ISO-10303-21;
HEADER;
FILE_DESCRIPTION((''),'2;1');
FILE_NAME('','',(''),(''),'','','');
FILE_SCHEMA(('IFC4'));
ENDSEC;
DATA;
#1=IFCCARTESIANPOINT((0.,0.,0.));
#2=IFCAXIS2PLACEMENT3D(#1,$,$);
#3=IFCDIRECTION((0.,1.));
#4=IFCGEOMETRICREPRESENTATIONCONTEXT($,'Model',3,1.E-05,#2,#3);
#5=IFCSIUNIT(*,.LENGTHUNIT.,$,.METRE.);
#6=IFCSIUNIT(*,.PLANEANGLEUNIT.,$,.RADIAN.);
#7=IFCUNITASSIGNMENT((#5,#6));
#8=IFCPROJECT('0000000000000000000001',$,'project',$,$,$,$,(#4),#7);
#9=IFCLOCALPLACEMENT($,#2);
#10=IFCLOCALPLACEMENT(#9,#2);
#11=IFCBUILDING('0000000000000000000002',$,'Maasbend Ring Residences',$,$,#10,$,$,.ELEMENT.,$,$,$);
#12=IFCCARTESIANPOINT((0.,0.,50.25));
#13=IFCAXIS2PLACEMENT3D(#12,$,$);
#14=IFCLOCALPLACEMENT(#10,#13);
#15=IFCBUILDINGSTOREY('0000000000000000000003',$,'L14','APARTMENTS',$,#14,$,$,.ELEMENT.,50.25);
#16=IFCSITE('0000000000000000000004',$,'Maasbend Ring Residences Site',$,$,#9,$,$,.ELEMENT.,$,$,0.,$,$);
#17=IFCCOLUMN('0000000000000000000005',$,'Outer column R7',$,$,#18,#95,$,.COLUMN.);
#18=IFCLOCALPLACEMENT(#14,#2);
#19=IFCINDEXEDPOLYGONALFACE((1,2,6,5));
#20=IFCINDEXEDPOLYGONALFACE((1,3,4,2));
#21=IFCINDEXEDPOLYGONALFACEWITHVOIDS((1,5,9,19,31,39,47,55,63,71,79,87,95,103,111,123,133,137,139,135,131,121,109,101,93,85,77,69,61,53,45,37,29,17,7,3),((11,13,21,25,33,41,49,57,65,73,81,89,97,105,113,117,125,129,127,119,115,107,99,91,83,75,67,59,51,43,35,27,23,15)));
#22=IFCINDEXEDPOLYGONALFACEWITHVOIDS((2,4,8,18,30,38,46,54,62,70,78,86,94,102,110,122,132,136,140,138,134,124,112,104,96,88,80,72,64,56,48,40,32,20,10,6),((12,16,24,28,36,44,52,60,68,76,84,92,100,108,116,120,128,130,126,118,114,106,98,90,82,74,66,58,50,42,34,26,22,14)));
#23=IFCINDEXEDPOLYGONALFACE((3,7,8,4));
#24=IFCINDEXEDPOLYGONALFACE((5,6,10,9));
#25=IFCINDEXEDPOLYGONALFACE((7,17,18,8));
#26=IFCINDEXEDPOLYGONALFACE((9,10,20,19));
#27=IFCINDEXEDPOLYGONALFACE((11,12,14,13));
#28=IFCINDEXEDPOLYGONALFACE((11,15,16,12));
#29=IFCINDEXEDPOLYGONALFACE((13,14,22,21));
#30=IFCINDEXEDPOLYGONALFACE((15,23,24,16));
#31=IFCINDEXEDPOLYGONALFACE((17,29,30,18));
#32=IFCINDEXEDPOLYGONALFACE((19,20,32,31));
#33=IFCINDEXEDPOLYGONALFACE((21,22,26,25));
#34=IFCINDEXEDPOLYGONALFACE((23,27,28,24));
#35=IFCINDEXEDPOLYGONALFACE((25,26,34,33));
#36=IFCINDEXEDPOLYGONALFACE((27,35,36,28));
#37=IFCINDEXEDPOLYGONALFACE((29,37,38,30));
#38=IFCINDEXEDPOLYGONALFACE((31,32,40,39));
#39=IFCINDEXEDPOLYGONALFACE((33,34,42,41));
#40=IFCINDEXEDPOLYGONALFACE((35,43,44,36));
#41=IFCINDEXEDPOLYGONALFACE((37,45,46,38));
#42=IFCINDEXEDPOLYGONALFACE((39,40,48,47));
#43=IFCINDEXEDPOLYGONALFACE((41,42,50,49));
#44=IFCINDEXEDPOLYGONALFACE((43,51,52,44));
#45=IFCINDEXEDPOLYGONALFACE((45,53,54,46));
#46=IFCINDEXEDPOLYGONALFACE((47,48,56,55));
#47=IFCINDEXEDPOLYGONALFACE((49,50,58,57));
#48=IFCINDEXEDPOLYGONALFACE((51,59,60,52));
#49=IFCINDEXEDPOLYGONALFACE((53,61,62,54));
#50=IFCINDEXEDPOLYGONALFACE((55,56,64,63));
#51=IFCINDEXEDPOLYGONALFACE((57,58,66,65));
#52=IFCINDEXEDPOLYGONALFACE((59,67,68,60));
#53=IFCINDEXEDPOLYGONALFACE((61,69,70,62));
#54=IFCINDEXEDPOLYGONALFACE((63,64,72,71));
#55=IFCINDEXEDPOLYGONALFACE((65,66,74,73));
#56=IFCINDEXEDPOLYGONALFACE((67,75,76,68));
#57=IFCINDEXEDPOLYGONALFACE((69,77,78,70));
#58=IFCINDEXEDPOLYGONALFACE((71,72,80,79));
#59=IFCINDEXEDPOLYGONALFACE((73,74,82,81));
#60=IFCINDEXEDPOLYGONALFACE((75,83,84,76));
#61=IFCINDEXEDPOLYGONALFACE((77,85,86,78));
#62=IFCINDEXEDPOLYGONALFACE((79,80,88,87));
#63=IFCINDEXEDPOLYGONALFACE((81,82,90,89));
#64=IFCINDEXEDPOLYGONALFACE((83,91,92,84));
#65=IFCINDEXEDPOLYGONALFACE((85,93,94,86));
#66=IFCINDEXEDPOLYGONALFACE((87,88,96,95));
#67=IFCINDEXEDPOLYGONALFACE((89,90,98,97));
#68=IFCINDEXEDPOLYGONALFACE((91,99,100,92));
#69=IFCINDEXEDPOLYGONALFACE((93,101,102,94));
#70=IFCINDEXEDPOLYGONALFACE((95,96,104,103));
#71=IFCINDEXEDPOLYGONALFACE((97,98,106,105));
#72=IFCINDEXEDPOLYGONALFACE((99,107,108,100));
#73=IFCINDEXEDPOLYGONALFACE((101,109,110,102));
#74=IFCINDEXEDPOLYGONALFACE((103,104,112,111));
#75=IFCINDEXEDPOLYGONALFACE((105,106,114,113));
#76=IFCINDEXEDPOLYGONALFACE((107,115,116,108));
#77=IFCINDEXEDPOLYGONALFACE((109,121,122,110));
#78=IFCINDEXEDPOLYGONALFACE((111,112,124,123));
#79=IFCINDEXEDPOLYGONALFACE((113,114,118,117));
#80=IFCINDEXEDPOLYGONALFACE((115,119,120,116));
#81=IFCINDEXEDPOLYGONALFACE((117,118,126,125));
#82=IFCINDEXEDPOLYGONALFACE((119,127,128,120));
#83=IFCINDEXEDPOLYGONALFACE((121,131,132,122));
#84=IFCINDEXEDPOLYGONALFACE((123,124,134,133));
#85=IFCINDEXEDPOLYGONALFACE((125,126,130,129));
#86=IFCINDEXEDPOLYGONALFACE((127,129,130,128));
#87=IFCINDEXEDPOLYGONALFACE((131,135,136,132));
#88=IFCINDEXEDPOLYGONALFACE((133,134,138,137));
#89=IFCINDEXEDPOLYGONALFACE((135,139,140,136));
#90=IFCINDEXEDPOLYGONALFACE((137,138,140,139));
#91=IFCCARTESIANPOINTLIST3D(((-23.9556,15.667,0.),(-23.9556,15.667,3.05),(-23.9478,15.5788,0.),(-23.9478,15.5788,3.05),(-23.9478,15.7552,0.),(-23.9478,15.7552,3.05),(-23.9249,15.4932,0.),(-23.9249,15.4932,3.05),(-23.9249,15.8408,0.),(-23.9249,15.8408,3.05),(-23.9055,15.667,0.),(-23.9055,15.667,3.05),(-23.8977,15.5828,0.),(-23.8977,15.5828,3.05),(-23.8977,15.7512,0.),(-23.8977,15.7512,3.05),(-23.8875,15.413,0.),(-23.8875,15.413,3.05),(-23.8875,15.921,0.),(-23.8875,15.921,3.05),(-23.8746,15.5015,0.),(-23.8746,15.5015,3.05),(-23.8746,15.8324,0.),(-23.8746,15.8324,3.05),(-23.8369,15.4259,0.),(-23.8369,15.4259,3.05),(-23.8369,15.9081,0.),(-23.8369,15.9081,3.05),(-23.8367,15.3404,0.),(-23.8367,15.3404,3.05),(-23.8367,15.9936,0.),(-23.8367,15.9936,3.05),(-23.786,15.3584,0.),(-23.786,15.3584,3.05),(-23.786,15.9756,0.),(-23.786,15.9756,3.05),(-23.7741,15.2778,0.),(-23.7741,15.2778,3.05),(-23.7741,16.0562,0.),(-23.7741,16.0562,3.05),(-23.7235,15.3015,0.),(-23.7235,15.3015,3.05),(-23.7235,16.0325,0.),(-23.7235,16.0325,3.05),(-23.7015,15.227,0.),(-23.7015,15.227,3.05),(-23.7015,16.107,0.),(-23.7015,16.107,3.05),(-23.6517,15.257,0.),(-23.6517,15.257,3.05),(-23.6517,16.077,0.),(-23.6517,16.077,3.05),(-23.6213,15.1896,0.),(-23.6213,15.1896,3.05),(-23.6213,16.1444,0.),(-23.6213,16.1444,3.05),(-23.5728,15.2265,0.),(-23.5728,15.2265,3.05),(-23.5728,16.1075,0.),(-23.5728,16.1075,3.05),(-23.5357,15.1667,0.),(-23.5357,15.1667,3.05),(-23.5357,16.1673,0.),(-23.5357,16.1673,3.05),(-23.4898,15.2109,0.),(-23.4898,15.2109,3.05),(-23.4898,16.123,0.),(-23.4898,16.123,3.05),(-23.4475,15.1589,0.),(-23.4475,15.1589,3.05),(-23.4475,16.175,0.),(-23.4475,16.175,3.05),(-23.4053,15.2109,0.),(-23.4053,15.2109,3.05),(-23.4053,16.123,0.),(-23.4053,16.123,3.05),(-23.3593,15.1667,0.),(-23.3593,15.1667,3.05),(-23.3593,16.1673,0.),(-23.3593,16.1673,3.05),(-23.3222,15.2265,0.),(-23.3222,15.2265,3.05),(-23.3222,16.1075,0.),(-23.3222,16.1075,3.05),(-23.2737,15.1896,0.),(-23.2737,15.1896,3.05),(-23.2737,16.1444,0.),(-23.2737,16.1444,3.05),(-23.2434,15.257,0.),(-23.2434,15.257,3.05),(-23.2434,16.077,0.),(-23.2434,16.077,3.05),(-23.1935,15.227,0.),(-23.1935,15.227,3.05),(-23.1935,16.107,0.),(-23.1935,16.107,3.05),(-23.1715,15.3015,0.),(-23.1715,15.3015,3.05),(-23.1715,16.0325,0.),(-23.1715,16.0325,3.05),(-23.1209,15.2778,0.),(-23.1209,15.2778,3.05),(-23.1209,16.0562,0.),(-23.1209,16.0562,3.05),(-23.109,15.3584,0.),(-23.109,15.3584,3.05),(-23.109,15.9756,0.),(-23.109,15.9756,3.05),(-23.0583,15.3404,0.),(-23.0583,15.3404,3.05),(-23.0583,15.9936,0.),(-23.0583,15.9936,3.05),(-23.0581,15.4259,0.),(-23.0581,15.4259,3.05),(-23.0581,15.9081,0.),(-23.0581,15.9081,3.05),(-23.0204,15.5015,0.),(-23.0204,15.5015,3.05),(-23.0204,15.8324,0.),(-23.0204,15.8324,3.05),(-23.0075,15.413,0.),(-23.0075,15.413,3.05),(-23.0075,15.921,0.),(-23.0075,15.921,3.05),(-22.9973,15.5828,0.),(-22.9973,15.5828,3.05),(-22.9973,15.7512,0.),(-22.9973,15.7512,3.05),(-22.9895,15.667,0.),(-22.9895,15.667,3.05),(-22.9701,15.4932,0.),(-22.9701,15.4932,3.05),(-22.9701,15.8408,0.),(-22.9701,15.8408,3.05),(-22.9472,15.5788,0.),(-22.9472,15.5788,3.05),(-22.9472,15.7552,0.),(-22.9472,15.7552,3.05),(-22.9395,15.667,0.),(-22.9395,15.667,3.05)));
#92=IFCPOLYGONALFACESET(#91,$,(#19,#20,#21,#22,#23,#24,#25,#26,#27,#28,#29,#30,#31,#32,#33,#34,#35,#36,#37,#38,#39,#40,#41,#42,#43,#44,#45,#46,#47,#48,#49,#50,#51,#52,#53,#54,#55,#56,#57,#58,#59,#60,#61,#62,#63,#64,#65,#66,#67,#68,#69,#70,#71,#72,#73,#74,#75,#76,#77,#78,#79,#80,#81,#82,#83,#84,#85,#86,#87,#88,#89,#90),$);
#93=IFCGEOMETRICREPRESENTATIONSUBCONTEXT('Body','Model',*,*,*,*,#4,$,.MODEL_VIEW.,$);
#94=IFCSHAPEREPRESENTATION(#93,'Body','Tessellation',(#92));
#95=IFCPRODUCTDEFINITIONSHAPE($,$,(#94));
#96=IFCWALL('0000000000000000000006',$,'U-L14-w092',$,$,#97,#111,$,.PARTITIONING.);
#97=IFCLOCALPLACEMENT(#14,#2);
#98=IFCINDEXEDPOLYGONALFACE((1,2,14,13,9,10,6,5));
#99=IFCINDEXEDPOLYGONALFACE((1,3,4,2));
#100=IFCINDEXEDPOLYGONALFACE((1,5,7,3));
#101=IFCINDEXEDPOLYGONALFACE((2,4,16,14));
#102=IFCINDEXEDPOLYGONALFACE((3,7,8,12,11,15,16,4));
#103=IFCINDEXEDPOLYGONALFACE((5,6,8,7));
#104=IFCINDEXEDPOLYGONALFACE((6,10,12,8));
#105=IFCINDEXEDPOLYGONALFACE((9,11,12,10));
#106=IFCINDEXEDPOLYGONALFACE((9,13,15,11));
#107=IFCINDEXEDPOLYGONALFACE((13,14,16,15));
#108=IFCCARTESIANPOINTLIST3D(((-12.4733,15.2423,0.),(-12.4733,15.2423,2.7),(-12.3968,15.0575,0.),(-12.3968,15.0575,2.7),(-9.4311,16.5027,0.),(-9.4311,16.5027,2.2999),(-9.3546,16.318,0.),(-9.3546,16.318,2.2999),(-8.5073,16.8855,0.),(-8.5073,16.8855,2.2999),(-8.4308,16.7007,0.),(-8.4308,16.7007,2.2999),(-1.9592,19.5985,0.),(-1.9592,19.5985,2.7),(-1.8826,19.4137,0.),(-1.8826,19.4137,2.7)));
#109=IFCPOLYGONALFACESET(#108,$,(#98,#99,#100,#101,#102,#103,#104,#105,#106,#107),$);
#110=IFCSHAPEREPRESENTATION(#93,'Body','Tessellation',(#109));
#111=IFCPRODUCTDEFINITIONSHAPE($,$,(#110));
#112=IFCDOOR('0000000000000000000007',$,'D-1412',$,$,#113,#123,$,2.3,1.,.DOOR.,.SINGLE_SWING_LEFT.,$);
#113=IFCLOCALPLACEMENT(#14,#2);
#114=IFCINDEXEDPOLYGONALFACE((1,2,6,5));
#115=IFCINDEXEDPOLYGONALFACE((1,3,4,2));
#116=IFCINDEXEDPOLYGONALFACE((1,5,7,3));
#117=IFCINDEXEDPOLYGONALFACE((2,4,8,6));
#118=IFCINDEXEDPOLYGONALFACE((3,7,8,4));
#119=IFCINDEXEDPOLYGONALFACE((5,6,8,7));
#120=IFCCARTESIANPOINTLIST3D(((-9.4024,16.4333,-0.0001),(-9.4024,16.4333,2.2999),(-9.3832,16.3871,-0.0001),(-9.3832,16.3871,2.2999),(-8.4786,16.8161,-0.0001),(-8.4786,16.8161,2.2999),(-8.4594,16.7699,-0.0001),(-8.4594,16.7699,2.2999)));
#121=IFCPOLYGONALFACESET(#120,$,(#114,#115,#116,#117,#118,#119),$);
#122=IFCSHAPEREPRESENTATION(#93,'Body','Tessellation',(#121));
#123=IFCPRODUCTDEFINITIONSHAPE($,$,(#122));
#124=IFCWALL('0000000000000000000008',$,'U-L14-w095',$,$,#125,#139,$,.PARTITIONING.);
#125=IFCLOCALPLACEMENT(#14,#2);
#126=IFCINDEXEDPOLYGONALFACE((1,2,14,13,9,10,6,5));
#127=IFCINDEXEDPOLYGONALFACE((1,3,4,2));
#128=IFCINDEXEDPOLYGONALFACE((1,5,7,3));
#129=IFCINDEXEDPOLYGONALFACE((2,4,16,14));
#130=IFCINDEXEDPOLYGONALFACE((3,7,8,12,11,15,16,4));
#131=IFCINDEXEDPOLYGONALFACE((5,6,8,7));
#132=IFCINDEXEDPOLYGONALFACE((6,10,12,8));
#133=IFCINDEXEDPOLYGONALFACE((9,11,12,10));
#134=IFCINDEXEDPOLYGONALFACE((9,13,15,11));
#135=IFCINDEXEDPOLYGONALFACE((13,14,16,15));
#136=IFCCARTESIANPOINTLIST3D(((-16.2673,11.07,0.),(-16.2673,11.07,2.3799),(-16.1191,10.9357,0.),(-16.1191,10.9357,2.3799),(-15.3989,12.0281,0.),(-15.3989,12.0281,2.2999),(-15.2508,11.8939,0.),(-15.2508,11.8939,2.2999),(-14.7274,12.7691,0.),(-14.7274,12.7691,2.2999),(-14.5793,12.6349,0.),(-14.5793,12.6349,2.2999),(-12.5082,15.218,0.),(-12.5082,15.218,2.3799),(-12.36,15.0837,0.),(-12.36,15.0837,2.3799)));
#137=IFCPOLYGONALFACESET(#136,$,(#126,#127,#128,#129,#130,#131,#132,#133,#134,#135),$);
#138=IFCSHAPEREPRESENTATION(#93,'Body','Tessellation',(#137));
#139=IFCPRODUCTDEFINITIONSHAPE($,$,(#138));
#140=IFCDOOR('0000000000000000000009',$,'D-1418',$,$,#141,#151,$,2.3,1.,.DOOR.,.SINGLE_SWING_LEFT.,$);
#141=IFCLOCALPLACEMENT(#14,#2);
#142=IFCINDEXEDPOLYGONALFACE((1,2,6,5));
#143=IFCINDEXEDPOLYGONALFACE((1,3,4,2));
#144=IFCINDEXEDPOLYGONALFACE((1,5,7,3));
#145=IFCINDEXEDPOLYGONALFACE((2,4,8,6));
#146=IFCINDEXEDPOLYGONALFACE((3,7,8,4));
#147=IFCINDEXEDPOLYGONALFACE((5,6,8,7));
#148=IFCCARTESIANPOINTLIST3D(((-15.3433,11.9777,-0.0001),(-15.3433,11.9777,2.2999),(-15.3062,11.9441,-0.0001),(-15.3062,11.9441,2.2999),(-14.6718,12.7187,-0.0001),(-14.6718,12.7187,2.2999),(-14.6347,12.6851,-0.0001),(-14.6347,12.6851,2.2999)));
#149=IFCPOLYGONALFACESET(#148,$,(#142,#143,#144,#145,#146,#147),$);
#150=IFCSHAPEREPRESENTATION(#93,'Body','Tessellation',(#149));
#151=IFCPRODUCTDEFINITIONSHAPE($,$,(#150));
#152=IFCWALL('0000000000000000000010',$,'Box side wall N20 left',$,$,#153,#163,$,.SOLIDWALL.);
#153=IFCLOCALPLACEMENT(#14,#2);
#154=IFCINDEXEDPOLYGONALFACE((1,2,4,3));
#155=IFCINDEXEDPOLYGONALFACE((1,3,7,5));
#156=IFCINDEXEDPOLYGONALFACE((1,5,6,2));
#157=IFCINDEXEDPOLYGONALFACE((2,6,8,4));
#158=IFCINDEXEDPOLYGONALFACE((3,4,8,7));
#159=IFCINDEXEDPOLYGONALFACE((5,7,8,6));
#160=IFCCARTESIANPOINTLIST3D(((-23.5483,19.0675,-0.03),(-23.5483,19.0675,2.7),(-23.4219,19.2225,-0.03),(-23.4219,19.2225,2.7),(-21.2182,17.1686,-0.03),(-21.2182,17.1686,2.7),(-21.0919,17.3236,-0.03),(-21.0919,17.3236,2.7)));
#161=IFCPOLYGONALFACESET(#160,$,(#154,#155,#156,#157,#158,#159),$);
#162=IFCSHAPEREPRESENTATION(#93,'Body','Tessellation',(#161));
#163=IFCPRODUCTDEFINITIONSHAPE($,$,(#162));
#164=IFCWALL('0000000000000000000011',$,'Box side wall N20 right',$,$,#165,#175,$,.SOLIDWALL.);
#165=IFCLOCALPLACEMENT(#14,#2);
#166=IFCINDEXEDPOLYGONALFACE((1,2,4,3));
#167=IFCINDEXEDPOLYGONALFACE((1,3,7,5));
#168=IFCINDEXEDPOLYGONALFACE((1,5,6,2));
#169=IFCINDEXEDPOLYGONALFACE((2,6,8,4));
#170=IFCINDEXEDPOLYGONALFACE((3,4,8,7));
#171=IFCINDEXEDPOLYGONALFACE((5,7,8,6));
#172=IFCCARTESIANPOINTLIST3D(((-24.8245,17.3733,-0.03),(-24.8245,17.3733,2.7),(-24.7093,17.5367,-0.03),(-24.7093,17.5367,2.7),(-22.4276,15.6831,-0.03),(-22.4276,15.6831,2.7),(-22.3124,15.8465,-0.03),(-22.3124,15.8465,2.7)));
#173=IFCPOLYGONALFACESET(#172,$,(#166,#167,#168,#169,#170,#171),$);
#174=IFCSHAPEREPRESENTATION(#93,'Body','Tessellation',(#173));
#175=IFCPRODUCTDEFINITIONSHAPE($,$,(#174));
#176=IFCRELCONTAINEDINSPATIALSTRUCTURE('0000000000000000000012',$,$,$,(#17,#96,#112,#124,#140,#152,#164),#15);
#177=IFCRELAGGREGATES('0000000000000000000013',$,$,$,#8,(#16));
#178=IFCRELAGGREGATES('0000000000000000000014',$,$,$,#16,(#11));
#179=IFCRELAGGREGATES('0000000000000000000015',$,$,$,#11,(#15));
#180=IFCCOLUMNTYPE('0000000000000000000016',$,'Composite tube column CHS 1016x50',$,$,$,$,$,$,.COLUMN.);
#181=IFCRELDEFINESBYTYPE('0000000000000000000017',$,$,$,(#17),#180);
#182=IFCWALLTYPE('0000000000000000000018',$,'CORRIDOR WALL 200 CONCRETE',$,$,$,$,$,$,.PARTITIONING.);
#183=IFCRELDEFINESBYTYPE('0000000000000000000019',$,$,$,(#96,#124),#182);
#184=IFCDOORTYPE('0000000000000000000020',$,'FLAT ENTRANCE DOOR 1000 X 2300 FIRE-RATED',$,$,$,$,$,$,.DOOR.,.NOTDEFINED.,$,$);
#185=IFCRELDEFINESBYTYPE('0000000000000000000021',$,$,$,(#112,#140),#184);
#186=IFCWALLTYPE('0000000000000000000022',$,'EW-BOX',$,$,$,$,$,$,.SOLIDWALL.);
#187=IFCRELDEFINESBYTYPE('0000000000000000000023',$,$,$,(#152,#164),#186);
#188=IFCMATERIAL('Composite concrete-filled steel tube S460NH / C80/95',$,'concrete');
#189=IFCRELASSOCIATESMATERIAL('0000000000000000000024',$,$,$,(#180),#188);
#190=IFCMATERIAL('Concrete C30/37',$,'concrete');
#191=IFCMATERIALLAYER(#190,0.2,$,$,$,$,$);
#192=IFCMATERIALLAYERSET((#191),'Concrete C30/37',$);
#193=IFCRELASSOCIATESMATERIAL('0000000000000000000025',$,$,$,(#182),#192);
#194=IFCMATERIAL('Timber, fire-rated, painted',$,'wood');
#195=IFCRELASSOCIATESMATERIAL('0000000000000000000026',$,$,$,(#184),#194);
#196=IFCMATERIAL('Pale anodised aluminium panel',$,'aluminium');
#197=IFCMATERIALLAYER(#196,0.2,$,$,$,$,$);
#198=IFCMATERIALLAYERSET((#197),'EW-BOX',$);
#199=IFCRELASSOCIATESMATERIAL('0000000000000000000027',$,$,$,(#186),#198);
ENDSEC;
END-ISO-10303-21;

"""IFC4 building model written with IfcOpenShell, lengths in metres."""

from ifc_helpers import new_model, si_unit, direction, frame, frame_2d, origin, origin_2d, place, context, subcontext, project, spatial, rectangle, hollow_circle, extrude, material, layer, layer_set, material_profile, profile_set, type_object, element, fill, save


model = new_model("IFC4")

# Units and contexts
model_context = context("Model", 3, precision=1e-05, world=origin(), true_north=direction((0.0, 1.0)))
body_context = subcontext(model_context, "Body", "Model", "MODEL_VIEW")
ifc_project = project(units=[si_unit("LENGTHUNIT", "METRE"), si_unit("PLANEANGLEUNIT", "RADIAN")], contexts=[model_context])

# Site, building, storey
site_placement = place(None, origin())
site = spatial("IfcSite", under=ifc_project, at=site_placement, Name="Maasbend Ring Residences Site", CompositionType="ELEMENT", RefElevation=0.0)
building_placement = place(site_placement, origin())
building = spatial("IfcBuilding", under=site, at=building_placement, Name="Maasbend Ring Residences", CompositionType="ELEMENT")
storey_placement = place(building_placement, frame((0.0, 0.0, 50.25)))
storey = spatial("IfcBuildingStorey", under=building, at=storey_placement, Name="L14", Description="APARTMENTS", CompositionType="ELEMENT", Elevation=50.25)

# Column
ifc_material_1 = material(Name="Composite concrete-filled steel tube S460NH / C80/95", Category="concrete")
ifc_material_profile = material_profile(ifc_material_1, hollow_circle(Radius=0.5081, WallThickness=0.05, at=origin_2d()), Name="Composite tube column CHS 1016x50")
ifc_profile_set = profile_set([ifc_material_profile], Name="Composite concrete-filled steel tube S460NH / C80/95")
column_type = type_object("IfcColumnType", Name="Composite tube column CHS 1016x50", PredefinedType="COLUMN", material=ifc_profile_set)
column_placement = place(storey_placement, frame((-23.4475, 15.667, 0.0), z_axis=(0.0, 0.0, 1.0), x_axis=(1.0, 0.0, 0.0)))
element("IfcColumn", 1, at=column_placement, inside=storey, type_object=column_type, Name="Outer column R7", PredefinedType="COLUMN", context=body_context, shape_type="SweptSolid", body=[
    extrude(hollow_circle(Radius=0.5081, WallThickness=0.05, at=origin_2d()), origin(), (0.0, 0.0, 1.0), 3.05),
])

# Walls, openings, doors
ifc_material_2 = material(Name="Concrete C30/37", Category="concrete")
ifc_layer_1 = layer(ifc_material_2, 0.2)
ifc_layer_set_1 = layer_set([ifc_layer_1], Name="Concrete C30/37")
wall_type_1 = type_object("IfcWallType", Name="CORRIDOR WALL 200 CONCRETE", PredefinedType="PARTITIONING", material=ifc_layer_set_1)
wall_1_placement = place(storey_placement, frame((-12.4351, 15.1499, 0.0), z_axis=(0.0, 0.0, 1.0), x_axis=(0.923846, 0.382765, 0.0)))
wall_1 = element("IfcWall", 2, at=wall_1_placement, inside=storey, type_object=wall_type_1, Name="U-L14-w092", PredefinedType="PARTITIONING", context=body_context, shape_type="SweptSolid", body=[
    extrude(rectangle(XDim=11.3809, YDim=0.2, at=frame_2d((5.6904, 0.0))), origin(), (0.0, 0.0, 1.0), 2.7),
])
opening_1_placement = place(wall_1_placement, frame((3.293, 0.0, 0.0)))
opening_1 = element("IfcOpeningElement", 3, at=opening_1_placement, cuts=wall_1, PredefinedType="OPENING", context=body_context, shape_type="SweptSolid", body=[
    extrude(rectangle(XDim=1.0, YDim=2.3, at=frame_2d((0.5, 1.1499))), frame((0.0, 0.1099, 0.0), z_axis=(0.0, -1.0, 0.0), x_axis=(1.0, 0.0, 0.0)), (0.0, 0.0, 1.0), 0.22),
])
ifc_material_3 = material(Name="Timber, fire-rated, painted", Category="wood")
door_type_1 = type_object("IfcDoorType", Name="FLAT ENTRANCE DOOR 1000 X 2300 FIRE-RATED", OperationType="NOTDEFINED", PredefinedType="DOOR", material=ifc_material_3)
door_1_placement = place(opening_1_placement, origin())
door_1 = element("IfcDoor", 4, at=door_1_placement, inside=storey, type_object=door_type_1, Name="D-1412", OperationType="SINGLE_SWING_LEFT", OverallHeight=2.3, OverallWidth=1.0, PredefinedType="DOOR", context=body_context, shape_type="SweptSolid", body=[
    extrude(rectangle(XDim=1.0, YDim=2.3, at=frame_2d((0.5, 1.1499))), frame((0.0, 0.0249, 0.0), z_axis=(0.0, -1.0, 0.0), x_axis=(1.0, 0.0, 0.0)), (0.0, 0.0, 1.0), 0.05),
])
fill(opening_1, door_1)
wall_2_placement = place(storey_placement, frame((-16.1931, 11.0029, 0.0), z_axis=(0.0, 0.0, 1.0), x_axis=(0.671515, 0.740991, 0.0)))
wall_2 = element("IfcWall", 5, at=wall_2_placement, inside=storey, type_object=wall_type_1, Name="U-L14-w095", PredefinedType="PARTITIONING", context=body_context, shape_type="SweptSolid", body=[
    extrude(rectangle(XDim=5.5979, YDim=0.2, at=frame_2d((2.7988, 0.0))), origin(), (0.0, 0.0, 1.0), 2.3799),
])
opening_2_placement = place(wall_2_placement, frame((1.293, 0.0, 0.0)))
opening_2 = element("IfcOpeningElement", 6, at=opening_2_placement, cuts=wall_2, PredefinedType="OPENING", context=body_context, shape_type="SweptSolid", body=[
    extrude(rectangle(XDim=1.0, YDim=2.3, at=frame_2d((0.5, 1.1499))), frame((0.0, 0.1099, 0.0), z_axis=(0.0, -1.0, 0.0), x_axis=(1.0, 0.0, 0.0)), (0.0, 0.0, 1.0), 0.22),
])
door_2_placement = place(opening_2_placement, origin())
door_2 = element("IfcDoor", 7, at=door_2_placement, inside=storey, type_object=door_type_1, Name="D-1418", OperationType="SINGLE_SWING_LEFT", OverallHeight=2.3, OverallWidth=1.0, PredefinedType="DOOR", context=body_context, shape_type="SweptSolid", body=[
    extrude(rectangle(XDim=1.0, YDim=2.3, at=frame_2d((0.5, 1.1499))), frame((0.0, 0.0249, 0.0), z_axis=(0.0, -1.0, 0.0), x_axis=(1.0, 0.0, 0.0)), (0.0, 0.0, 1.0), 0.05),
])
fill(opening_2, door_2)

# Walls
ifc_material_4 = material(Name="Pale anodised aluminium panel", Category="aluminium")
ifc_layer_2 = layer(ifc_material_4, 0.2)
ifc_layer_set_2 = layer_set([ifc_layer_2], Name="EW-BOX")
wall_type_2 = type_object("IfcWallType", Name="EW-BOX", PredefinedType="SOLIDWALL", material=ifc_layer_set_2)
wall_3_placement = place(storey_placement, frame((-21.155, 17.2461, -0.03), z_axis=(0.0, 0.0, 1.0), x_axis=(-0.775179, 0.631742, 0.0)))
element("IfcWall", 8, at=wall_3_placement, inside=storey, type_object=wall_type_2, Name="Box side wall N20 left", PredefinedType="SOLIDWALL", context=body_context, shape_type="SweptSolid", body=[
    extrude(rectangle(XDim=3.0059, YDim=0.2, at=frame_2d((1.5029, 0.0))), origin(), (0.0, 0.0, 1.0), 2.73),
])
wall_4_placement = place(storey_placement, frame((-22.3701, 15.7649, -0.03), z_axis=(0.0, 0.0, 1.0), x_axis=(-0.817256, 0.576275, 0.0)))
element("IfcWall", 9, at=wall_4_placement, inside=storey, type_object=wall_type_2, Name="Box side wall N20 right", PredefinedType="SOLIDWALL", context=body_context, shape_type="SweptSolid", body=[
    extrude(rectangle(XDim=2.9329, YDim=0.2, at=frame_2d((1.4663, 0.0))), origin(), (0.0, 0.0, 1.0), 2.73),
])

save(model, "model.ifc")
